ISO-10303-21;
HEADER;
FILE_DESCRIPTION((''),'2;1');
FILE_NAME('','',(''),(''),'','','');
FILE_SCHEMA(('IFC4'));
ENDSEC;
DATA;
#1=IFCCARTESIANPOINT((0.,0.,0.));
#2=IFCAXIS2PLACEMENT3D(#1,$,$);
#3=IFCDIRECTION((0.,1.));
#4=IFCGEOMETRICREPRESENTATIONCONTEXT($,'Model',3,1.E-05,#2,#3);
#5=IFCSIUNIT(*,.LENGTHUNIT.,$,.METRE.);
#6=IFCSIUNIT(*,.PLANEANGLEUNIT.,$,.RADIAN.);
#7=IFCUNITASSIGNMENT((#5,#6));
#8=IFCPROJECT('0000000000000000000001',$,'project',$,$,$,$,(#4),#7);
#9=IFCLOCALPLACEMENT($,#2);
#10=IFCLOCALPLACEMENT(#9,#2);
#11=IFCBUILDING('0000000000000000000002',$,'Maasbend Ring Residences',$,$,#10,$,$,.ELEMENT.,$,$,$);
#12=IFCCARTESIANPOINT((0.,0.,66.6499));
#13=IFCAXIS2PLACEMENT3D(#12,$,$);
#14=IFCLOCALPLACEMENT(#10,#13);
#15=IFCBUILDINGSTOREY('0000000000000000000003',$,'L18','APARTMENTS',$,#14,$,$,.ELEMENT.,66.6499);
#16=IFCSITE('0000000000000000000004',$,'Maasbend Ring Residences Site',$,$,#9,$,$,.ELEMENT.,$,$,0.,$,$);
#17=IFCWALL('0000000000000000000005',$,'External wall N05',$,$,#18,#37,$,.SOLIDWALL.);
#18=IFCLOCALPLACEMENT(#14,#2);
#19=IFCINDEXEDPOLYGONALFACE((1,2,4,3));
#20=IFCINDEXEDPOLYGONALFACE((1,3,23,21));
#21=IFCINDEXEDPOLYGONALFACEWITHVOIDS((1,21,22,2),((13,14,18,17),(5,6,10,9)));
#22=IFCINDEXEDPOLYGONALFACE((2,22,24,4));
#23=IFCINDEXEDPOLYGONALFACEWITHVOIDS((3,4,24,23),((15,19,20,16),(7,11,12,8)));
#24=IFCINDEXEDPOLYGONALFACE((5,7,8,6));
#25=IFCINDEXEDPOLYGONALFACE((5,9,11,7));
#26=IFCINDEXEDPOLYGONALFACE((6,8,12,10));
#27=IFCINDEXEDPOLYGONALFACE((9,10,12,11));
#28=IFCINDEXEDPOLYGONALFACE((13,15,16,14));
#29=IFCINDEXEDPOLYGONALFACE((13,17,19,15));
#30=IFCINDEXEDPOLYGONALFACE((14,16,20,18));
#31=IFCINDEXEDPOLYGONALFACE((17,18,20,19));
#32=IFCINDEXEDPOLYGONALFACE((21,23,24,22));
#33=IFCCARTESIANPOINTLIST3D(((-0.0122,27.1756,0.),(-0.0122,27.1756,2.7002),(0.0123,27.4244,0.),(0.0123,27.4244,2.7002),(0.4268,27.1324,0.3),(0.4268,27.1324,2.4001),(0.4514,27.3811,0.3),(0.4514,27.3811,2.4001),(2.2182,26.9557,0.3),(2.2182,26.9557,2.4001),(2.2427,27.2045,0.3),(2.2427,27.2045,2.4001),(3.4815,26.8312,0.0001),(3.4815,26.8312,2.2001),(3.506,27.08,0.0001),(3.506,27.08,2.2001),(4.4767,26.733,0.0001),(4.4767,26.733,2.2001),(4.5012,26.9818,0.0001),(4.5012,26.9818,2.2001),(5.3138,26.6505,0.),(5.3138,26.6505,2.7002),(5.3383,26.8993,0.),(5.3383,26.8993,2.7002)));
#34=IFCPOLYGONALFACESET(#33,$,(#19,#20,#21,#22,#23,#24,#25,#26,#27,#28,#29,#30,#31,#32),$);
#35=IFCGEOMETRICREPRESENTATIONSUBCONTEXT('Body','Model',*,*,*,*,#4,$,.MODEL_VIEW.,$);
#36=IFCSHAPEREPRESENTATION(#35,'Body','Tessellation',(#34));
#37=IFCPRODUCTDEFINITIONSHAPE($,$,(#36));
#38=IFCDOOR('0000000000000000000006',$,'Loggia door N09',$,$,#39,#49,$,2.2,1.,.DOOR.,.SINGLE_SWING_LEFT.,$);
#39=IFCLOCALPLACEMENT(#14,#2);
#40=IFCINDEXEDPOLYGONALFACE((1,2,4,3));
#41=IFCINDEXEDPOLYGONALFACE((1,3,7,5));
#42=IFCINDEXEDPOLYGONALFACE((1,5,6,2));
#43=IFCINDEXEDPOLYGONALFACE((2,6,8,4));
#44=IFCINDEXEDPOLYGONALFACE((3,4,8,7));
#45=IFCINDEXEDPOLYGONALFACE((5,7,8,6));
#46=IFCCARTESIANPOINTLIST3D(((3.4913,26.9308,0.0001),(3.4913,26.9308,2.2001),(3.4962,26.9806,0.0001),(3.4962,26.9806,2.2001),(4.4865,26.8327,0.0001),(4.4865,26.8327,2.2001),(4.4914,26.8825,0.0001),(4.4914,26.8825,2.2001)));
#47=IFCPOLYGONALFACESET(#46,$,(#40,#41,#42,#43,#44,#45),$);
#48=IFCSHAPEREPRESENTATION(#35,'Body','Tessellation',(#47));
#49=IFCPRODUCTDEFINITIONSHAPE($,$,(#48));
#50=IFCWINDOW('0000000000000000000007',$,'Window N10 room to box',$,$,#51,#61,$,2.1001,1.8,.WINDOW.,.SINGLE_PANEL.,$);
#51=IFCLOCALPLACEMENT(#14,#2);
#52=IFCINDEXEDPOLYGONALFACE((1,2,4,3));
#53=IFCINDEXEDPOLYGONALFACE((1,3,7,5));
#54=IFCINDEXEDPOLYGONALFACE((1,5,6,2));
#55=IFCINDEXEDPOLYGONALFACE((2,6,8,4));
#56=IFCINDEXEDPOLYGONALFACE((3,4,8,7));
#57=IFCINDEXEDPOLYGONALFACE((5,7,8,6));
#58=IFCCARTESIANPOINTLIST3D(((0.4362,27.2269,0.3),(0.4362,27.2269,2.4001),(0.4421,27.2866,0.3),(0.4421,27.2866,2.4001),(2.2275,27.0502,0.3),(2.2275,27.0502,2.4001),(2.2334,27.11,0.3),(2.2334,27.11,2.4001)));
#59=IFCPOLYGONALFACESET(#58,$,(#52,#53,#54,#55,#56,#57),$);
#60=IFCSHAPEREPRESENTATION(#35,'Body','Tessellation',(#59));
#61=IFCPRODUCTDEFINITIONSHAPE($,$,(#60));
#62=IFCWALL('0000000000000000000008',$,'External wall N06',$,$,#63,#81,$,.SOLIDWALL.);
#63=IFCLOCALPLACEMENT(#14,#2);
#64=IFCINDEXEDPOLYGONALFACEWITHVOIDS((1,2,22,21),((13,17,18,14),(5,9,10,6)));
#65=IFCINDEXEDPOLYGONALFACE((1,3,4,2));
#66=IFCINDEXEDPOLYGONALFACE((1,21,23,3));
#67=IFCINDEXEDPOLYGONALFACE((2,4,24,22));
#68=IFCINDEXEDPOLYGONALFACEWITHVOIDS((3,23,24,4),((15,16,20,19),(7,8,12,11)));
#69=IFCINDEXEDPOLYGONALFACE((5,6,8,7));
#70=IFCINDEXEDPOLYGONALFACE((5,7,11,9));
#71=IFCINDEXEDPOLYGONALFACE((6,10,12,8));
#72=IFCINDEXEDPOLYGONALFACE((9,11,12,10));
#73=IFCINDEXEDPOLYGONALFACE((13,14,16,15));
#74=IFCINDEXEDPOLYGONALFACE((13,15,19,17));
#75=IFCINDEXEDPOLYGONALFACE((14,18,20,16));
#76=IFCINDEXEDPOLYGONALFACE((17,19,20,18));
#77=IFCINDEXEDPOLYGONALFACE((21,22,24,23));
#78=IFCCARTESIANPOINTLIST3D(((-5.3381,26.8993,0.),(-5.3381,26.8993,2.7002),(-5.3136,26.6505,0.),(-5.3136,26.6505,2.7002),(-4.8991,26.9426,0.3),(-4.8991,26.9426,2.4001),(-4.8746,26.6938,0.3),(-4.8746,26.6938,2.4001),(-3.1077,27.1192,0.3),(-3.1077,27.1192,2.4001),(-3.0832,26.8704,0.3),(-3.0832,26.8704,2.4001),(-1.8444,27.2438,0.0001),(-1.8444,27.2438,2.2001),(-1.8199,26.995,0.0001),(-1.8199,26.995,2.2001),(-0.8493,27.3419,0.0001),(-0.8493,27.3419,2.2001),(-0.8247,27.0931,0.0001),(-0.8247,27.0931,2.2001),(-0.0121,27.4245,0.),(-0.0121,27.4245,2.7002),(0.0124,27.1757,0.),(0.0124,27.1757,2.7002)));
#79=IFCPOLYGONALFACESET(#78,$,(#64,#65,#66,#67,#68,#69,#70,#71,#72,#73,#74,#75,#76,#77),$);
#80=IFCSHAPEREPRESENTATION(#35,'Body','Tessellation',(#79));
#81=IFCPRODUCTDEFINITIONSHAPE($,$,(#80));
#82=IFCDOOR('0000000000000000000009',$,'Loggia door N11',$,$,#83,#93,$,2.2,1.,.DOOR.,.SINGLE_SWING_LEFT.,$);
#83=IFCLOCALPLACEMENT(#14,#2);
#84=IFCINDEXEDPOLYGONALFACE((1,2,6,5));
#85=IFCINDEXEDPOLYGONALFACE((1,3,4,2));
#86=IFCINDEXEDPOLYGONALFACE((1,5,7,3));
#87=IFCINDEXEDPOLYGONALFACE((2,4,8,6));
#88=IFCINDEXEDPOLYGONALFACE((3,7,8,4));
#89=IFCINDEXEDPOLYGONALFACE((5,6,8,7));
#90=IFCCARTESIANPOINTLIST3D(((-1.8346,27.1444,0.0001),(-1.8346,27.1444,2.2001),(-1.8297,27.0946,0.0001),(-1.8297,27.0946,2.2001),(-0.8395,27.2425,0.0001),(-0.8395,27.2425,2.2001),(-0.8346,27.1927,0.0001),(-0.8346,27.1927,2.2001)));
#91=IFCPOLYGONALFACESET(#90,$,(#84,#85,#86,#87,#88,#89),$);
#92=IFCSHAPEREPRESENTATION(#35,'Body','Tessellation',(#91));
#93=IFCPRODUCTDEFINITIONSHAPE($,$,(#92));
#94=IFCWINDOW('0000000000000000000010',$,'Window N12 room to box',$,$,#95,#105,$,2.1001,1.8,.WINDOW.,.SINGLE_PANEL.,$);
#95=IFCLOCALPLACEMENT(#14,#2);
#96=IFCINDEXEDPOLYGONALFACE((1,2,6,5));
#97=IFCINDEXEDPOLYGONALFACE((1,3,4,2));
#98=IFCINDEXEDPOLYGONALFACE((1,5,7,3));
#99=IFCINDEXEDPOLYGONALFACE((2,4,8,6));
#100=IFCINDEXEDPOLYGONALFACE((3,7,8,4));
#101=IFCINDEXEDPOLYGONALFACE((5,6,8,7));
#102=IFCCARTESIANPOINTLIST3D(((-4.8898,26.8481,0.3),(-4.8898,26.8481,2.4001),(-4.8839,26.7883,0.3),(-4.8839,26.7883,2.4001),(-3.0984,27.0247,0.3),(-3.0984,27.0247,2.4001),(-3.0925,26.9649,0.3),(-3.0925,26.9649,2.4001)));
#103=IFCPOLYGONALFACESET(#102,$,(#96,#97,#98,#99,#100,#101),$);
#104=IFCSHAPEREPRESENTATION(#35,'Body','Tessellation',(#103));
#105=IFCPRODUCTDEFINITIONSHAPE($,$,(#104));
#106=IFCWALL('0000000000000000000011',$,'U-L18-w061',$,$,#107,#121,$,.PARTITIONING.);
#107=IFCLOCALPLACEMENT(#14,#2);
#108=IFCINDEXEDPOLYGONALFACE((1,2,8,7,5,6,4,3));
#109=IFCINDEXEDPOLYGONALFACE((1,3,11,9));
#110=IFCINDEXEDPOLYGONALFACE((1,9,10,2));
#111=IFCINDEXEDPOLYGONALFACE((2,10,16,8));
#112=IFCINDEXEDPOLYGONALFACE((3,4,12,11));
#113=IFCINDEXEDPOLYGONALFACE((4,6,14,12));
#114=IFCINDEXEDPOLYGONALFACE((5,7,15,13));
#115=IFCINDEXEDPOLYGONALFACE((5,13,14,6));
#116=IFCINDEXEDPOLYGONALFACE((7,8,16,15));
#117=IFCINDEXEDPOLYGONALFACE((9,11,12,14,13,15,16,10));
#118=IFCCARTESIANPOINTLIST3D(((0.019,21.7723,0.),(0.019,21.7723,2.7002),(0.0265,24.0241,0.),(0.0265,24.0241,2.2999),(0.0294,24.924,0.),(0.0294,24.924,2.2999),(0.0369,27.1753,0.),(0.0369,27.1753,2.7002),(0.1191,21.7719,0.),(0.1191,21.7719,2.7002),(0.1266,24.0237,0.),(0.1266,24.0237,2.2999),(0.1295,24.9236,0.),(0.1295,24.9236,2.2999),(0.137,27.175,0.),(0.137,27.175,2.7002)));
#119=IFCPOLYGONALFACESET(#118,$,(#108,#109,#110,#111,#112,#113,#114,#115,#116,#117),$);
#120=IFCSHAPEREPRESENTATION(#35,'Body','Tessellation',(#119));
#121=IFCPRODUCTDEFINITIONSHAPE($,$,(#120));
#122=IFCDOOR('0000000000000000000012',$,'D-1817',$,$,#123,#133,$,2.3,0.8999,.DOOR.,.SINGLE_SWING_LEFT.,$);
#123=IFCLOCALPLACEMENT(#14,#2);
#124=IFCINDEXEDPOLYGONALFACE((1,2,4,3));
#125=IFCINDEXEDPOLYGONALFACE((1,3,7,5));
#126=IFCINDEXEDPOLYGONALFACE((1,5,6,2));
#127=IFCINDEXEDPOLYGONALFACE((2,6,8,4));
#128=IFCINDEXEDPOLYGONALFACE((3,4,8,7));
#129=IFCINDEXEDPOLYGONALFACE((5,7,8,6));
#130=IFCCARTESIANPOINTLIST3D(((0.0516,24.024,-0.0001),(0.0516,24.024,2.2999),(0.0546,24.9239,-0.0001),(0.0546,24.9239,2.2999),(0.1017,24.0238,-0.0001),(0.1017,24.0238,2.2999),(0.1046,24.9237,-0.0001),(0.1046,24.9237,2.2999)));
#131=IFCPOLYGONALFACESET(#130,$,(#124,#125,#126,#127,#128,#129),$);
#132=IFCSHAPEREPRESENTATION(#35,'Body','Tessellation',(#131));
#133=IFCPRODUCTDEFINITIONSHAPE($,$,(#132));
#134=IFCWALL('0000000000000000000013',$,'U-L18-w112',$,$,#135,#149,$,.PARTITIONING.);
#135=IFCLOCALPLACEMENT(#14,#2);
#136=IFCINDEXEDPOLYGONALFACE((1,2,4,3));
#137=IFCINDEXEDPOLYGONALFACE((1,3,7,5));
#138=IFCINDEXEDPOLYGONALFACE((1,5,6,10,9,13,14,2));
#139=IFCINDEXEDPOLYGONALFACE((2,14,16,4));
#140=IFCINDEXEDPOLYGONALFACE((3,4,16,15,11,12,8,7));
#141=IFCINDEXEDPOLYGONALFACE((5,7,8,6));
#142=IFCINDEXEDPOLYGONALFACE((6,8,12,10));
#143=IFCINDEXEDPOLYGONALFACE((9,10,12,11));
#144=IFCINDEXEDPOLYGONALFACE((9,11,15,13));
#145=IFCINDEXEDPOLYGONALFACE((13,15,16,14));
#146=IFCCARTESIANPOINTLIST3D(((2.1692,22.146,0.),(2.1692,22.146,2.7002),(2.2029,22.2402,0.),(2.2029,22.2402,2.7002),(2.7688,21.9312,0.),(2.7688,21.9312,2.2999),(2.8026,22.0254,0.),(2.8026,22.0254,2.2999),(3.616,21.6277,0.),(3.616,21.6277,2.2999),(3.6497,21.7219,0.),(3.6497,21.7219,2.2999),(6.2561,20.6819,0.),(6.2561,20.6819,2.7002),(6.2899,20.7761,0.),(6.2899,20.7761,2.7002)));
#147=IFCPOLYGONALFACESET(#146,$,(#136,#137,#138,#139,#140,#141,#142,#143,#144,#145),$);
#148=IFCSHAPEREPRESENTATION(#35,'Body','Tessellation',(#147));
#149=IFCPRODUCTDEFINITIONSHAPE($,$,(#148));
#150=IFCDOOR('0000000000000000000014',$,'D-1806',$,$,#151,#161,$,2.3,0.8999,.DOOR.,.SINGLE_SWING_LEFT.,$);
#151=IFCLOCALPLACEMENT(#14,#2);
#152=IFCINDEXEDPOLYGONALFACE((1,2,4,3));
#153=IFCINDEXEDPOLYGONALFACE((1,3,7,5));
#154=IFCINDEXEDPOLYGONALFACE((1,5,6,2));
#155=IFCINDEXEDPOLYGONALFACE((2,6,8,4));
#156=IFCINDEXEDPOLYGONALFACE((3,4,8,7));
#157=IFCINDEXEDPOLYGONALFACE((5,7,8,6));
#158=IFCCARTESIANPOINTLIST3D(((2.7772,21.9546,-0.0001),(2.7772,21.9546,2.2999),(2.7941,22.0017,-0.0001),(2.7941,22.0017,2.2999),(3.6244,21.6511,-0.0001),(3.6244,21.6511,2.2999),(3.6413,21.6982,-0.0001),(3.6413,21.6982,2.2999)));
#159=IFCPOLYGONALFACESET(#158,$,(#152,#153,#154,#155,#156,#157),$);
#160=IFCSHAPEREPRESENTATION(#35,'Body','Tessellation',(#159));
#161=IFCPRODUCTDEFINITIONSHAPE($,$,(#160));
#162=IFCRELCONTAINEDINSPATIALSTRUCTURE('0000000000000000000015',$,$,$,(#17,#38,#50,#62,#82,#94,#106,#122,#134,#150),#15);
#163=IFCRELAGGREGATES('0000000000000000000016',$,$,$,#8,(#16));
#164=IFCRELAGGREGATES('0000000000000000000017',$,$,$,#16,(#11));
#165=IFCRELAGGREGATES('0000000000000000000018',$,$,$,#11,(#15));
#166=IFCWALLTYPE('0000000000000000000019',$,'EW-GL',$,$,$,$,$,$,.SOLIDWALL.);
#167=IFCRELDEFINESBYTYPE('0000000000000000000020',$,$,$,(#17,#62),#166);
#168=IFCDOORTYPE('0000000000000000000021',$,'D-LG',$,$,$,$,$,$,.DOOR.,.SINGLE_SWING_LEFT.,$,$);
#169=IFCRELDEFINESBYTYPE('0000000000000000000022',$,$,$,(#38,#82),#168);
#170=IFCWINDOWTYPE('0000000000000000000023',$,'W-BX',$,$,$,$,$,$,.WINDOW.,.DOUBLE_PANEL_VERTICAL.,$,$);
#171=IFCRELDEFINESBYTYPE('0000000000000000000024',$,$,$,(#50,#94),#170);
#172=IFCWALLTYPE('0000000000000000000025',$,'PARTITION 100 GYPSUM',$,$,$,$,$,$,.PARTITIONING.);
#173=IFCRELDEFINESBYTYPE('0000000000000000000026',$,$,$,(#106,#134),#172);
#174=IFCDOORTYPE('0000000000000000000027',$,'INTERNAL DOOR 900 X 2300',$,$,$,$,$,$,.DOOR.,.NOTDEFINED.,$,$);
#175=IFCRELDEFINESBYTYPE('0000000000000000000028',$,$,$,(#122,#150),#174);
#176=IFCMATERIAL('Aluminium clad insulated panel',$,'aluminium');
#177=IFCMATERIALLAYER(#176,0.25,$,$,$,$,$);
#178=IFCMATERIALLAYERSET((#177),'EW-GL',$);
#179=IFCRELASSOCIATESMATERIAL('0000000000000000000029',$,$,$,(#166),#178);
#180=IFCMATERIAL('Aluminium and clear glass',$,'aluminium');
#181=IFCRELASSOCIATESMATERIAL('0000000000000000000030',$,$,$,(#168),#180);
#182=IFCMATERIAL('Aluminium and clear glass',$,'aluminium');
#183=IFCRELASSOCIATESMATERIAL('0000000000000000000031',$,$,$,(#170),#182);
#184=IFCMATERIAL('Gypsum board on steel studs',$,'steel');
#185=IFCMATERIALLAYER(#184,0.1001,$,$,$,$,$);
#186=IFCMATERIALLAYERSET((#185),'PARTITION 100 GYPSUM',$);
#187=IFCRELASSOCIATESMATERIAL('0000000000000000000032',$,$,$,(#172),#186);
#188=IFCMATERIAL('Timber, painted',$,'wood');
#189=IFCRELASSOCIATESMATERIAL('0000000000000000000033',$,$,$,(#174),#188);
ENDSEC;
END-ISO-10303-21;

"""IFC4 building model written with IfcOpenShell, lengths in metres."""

from ifc_helpers import new_model, si_unit, direction, frame, frame_2d, origin, place, context, subcontext, project, spatial, rectangle, extrude, material, layer, layer_set, type_object, element, fill, save


model = new_model("IFC4")

# Units and contexts
model_context = context("Model", 3, precision=1e-05, world=origin(), true_north=direction((0.0, 1.0)))
body_context = subcontext(model_context, "Body", "Model", "MODEL_VIEW")
ifc_project = project(units=[si_unit("LENGTHUNIT", "METRE"), si_unit("PLANEANGLEUNIT", "RADIAN")], contexts=[model_context])

# Site, building, storey
site_placement = place(None, origin())
site = spatial("IfcSite", under=ifc_project, at=site_placement, Name="Maasbend Ring Residences Site", CompositionType="ELEMENT", RefElevation=0.0)
building_placement = place(site_placement, origin())
building = spatial("IfcBuilding", under=site, at=building_placement, Name="Maasbend Ring Residences", CompositionType="ELEMENT")
storey_placement = place(building_placement, frame((0.0, 0.0, 66.6499)))
storey = spatial("IfcBuildingStorey", under=building, at=storey_placement, Name="L18", Description="APARTMENTS", CompositionType="ELEMENT", Elevation=66.6499)

# Walls, openings, doors, windows
ifc_material_1 = material(Name="Aluminium clad insulated panel", Category="aluminium")
ifc_layer_1 = layer(ifc_material_1, 0.25)
ifc_layer_set_1 = layer_set([ifc_layer_1], Name="EW-GL")
wall_type_1 = type_object("IfcWallType", Name="EW-GL", PredefinedType="SOLIDWALL", material=ifc_layer_set_1)
wall_1_placement = place(storey_placement, frame((5.3259, 26.7749, 0.0), z_axis=(0.0, 0.0, 1.0), x_axis=(-0.995174, 0.098126, 0.0)))
wall_1 = element("IfcWall", 1, at=wall_1_placement, inside=storey, type_object=wall_type_1, Name="External wall N05", PredefinedType="SOLIDWALL", context=body_context, shape_type="SweptSolid", body=[
    extrude(rectangle(XDim=5.3518, YDim=0.25, at=frame_2d((2.6758, 0.0))), origin(), (0.0, 0.0, 1.0), 2.7002),
])
opening_1_placement = place(wall_1_placement, frame((0.8411, 0.0, 0.0)))
opening_1 = element("IfcOpeningElement", 2, at=opening_1_placement, cuts=wall_1, PredefinedType="OPENING", context=body_context, shape_type="SweptSolid", body=[
    extrude(rectangle(XDim=1.0, YDim=2.2, at=frame_2d((0.5, 1.1001))), frame((0.0, 0.135, 0.0), z_axis=(0.0, -1.0, 0.0), x_axis=(1.0, 0.0, 0.0)), (0.0, 0.0, 1.0), 0.27),
])
opening_2_placement = place(wall_1_placement, frame((3.1106, 0.0, 0.3)))
opening_2 = element("IfcOpeningElement", 3, at=opening_2_placement, cuts=wall_1, PredefinedType="OPENING", context=body_context, shape_type="SweptSolid", body=[
    extrude(rectangle(XDim=1.8, YDim=2.1001, at=frame_2d((0.8999, 1.05))), frame((0.0, 0.135, 0.0), z_axis=(0.0, -1.0, 0.0), x_axis=(1.0, 0.0, 0.0)), (0.0, 0.0, 1.0), 0.27),
])
ifc_material_2 = material(Name="Aluminium and clear glass", Category="aluminium")
door_type_1 = type_object("IfcDoorType", Name="D-LG", OperationType="SINGLE_SWING_LEFT", PredefinedType="DOOR", material=ifc_material_2)
door_1_placement = place(opening_1_placement, origin())
door_1 = element("IfcDoor", 4, at=door_1_placement, inside=storey, type_object=door_type_1, Name="Loggia door N09", OperationType="SINGLE_SWING_LEFT", OverallHeight=2.2, OverallWidth=1.0, PredefinedType="DOOR", context=body_context, shape_type="SweptSolid", body=[
    extrude(rectangle(XDim=1.0, YDim=2.2, at=frame_2d((0.5, 1.1001))), frame((0.0, 0.0249, 0.0), z_axis=(0.0, -1.0, 0.0), x_axis=(1.0, 0.0, 0.0)), (0.0, 0.0, 1.0), 0.05),
])
fill(opening_1, door_1)
ifc_material_3 = material(Name="Aluminium and clear glass", Category="aluminium")
window_type_1 = type_object("IfcWindowType", Name="W-BX", PartitioningType="DOUBLE_PANEL_VERTICAL", PredefinedType="WINDOW", material=ifc_material_3)
window_1_placement = place(opening_2_placement, origin())
window_1 = element("IfcWindow", 5, at=window_1_placement, inside=storey, type_object=window_type_1, Name="Window N10 room to box", OverallHeight=2.1001, OverallWidth=1.8, PartitioningType="SINGLE_PANEL", PredefinedType="WINDOW", context=body_context, shape_type="SweptSolid", body=[
    extrude(rectangle(XDim=1.8, YDim=2.1001, at=frame_2d((0.8999, 1.05))), frame((0.0, 0.03, 0.0), z_axis=(0.0, -1.0, 0.0), x_axis=(1.0, 0.0, 0.0)), (0.0, 0.0, 1.0), 0.0601),
])
fill(opening_2, window_1)
wall_2_placement = place(storey_placement, frame((0.0, 27.3, 0.0), z_axis=(0.0, 0.0, 1.0), x_axis=(-0.995174, -0.098126, 0.0)))
wall_2 = element("IfcWall", 6, at=wall_2_placement, inside=storey, type_object=wall_type_1, Name="External wall N06", PredefinedType="SOLIDWALL", context=body_context, shape_type="SweptSolid", body=[
    extrude(rectangle(XDim=5.3518, YDim=0.25, at=frame_2d((2.6758, 0.0))), origin(), (0.0, 0.0, 1.0), 2.7002),
])
opening_3_placement = place(wall_2_placement, frame((0.8411, 0.0, 0.0)))
opening_3 = element("IfcOpeningElement", 7, at=opening_3_placement, cuts=wall_2, PredefinedType="OPENING", context=body_context, shape_type="SweptSolid", body=[
    extrude(rectangle(XDim=1.0, YDim=2.2, at=frame_2d((0.5, 1.1001))), frame((0.0, 0.135, 0.0), z_axis=(0.0, -1.0, 0.0), x_axis=(1.0, 0.0, 0.0)), (0.0, 0.0, 1.0), 0.27),
])
opening_4_placement = place(wall_2_placement, frame((3.1106, 0.0, 0.3)))
opening_4 = element("IfcOpeningElement", 8, at=opening_4_placement, cuts=wall_2, PredefinedType="OPENING", context=body_context, shape_type="SweptSolid", body=[
    extrude(rectangle(XDim=1.8, YDim=2.1001, at=frame_2d((0.8999, 1.05))), frame((0.0, 0.135, 0.0), z_axis=(0.0, -1.0, 0.0), x_axis=(1.0, 0.0, 0.0)), (0.0, 0.0, 1.0), 0.27),
])
door_2_placement = place(opening_3_placement, origin())
door_2 = element("IfcDoor", 9, at=door_2_placement, inside=storey, type_object=door_type_1, Name="Loggia door N11", OperationType="SINGLE_SWING_LEFT", OverallHeight=2.2, OverallWidth=1.0, PredefinedType="DOOR", context=body_context, shape_type="SweptSolid", body=[
    extrude(rectangle(XDim=1.0, YDim=2.2, at=frame_2d((0.5, 1.1001))), frame((0.0, 0.0249, 0.0), z_axis=(0.0, -1.0, 0.0), x_axis=(1.0, 0.0, 0.0)), (0.0, 0.0, 1.0), 0.05),
])
fill(opening_3, door_2)
window_2_placement = place(opening_4_placement, origin())
window_2 = element("IfcWindow", 10, at=window_2_placement, inside=storey, type_object=window_type_1, Name="Window N12 room to box", OverallHeight=2.1001, OverallWidth=1.8, PartitioningType="SINGLE_PANEL", PredefinedType="WINDOW", context=body_context, shape_type="SweptSolid", body=[
    extrude(rectangle(XDim=1.8, YDim=2.1001, at=frame_2d((0.8999, 1.05))), frame((0.0, 0.03, 0.0), z_axis=(0.0, -1.0, 0.0), x_axis=(1.0, 0.0, 0.0)), (0.0, 0.0, 1.0), 0.0601),
])
fill(opening_4, window_2)

# Walls, openings, doors
ifc_material_4 = material(Name="Gypsum board on steel studs", Category="steel")
ifc_layer_2 = layer(ifc_material_4, 0.1001)
ifc_layer_set_2 = layer_set([ifc_layer_2], Name="PARTITION 100 GYPSUM")
wall_type_2 = type_object("IfcWallType", Name="PARTITION 100 GYPSUM", PredefinedType="PARTITIONING", material=ifc_layer_set_2)
wall_3_placement = place(storey_placement, frame((0.0691, 21.772, 0.0), z_axis=(0.0, 0.0, 1.0), x_axis=(0.003299, 0.999995, 0.0)))
wall_3 = element("IfcWall", 11, at=wall_3_placement, inside=storey, type_object=wall_type_2, Name="U-L18-w061", PredefinedType="PARTITIONING", context=body_context, shape_type="SweptSolid", body=[
    extrude(rectangle(XDim=5.4031, YDim=0.1001, at=frame_2d((2.7017, 0.0))), origin(), (0.0, 0.0, 1.0), 2.7002),
])
opening_5_placement = place(wall_3_placement, frame((2.252, 0.0, 0.0)))
opening_5 = element("IfcOpeningElement", 12, at=opening_5_placement, cuts=wall_3, PredefinedType="OPENING", context=body_context, shape_type="SweptSolid", body=[
    extrude(rectangle(XDim=0.8999, YDim=2.3, at=frame_2d((0.45, 1.1499))), frame((0.0, 0.0601, 0.0), z_axis=(0.0, -1.0, 0.0), x_axis=(1.0, 0.0, 0.0)), (0.0, 0.0, 1.0), 0.1201),
])
ifc_material_5 = material(Name="Timber, painted", Category="wood")
door_type_2 = type_object("IfcDoorType", Name="INTERNAL DOOR 900 X 2300", OperationType="NOTDEFINED", PredefinedType="DOOR", material=ifc_material_5)
door_3_placement = place(opening_5_placement, origin())
door_3 = element("IfcDoor", 13, at=door_3_placement, inside=storey, type_object=door_type_2, Name="D-1817", OperationType="SINGLE_SWING_LEFT", OverallHeight=2.3, OverallWidth=0.8999, PredefinedType="DOOR", context=body_context, shape_type="SweptSolid", body=[
    extrude(rectangle(XDim=0.8999, YDim=2.3, at=frame_2d((0.45, 1.1499))), frame((0.0, 0.0249, 0.0), z_axis=(0.0, -1.0, 0.0), x_axis=(1.0, 0.0, 0.0)), (0.0, 0.0, 1.0), 0.05),
])
fill(opening_5, door_3)
wall_4_placement = place(storey_placement, frame((2.186, 22.1931, 0.0), z_axis=(0.0, 0.0, 1.0), x_axis=(0.941413, -0.337255, 0.0)))
wall_4 = element("IfcWall", 14, at=wall_4_placement, inside=storey, type_object=wall_type_2, Name="U-L18-w112", PredefinedType="PARTITIONING", context=body_context, shape_type="SweptSolid", body=[
    extrude(rectangle(XDim=4.3413, YDim=0.1001, at=frame_2d((2.1707, 0.0))), origin(), (0.0, 0.0, 1.0), 2.7002),
])
opening_6_placement = place(wall_4_placement, frame((0.637, 0.0, 0.0)))
opening_6 = element("IfcOpeningElement", 15, at=opening_6_placement, cuts=wall_4, PredefinedType="OPENING", context=body_context, shape_type="SweptSolid", body=[
    extrude(rectangle(XDim=0.8999, YDim=2.3, at=frame_2d((0.45, 1.1499))), frame((0.0, 0.0601, 0.0), z_axis=(0.0, -1.0, 0.0), x_axis=(1.0, 0.0, 0.0)), (0.0, 0.0, 1.0), 0.1201),
])
door_4_placement = place(opening_6_placement, origin())
door_4 = element("IfcDoor", 16, at=door_4_placement, inside=storey, type_object=door_type_2, Name="D-1806", OperationType="SINGLE_SWING_LEFT", OverallHeight=2.3, OverallWidth=0.8999, PredefinedType="DOOR", context=body_context, shape_type="SweptSolid", body=[
    extrude(rectangle(XDim=0.8999, YDim=2.3, at=frame_2d((0.45, 1.1499))), frame((0.0, 0.0249, 0.0), z_axis=(0.0, -1.0, 0.0), x_axis=(1.0, 0.0, 0.0)), (0.0, 0.0, 1.0), 0.05),
])
fill(opening_6, door_4)

save(model, "model.ifc")
